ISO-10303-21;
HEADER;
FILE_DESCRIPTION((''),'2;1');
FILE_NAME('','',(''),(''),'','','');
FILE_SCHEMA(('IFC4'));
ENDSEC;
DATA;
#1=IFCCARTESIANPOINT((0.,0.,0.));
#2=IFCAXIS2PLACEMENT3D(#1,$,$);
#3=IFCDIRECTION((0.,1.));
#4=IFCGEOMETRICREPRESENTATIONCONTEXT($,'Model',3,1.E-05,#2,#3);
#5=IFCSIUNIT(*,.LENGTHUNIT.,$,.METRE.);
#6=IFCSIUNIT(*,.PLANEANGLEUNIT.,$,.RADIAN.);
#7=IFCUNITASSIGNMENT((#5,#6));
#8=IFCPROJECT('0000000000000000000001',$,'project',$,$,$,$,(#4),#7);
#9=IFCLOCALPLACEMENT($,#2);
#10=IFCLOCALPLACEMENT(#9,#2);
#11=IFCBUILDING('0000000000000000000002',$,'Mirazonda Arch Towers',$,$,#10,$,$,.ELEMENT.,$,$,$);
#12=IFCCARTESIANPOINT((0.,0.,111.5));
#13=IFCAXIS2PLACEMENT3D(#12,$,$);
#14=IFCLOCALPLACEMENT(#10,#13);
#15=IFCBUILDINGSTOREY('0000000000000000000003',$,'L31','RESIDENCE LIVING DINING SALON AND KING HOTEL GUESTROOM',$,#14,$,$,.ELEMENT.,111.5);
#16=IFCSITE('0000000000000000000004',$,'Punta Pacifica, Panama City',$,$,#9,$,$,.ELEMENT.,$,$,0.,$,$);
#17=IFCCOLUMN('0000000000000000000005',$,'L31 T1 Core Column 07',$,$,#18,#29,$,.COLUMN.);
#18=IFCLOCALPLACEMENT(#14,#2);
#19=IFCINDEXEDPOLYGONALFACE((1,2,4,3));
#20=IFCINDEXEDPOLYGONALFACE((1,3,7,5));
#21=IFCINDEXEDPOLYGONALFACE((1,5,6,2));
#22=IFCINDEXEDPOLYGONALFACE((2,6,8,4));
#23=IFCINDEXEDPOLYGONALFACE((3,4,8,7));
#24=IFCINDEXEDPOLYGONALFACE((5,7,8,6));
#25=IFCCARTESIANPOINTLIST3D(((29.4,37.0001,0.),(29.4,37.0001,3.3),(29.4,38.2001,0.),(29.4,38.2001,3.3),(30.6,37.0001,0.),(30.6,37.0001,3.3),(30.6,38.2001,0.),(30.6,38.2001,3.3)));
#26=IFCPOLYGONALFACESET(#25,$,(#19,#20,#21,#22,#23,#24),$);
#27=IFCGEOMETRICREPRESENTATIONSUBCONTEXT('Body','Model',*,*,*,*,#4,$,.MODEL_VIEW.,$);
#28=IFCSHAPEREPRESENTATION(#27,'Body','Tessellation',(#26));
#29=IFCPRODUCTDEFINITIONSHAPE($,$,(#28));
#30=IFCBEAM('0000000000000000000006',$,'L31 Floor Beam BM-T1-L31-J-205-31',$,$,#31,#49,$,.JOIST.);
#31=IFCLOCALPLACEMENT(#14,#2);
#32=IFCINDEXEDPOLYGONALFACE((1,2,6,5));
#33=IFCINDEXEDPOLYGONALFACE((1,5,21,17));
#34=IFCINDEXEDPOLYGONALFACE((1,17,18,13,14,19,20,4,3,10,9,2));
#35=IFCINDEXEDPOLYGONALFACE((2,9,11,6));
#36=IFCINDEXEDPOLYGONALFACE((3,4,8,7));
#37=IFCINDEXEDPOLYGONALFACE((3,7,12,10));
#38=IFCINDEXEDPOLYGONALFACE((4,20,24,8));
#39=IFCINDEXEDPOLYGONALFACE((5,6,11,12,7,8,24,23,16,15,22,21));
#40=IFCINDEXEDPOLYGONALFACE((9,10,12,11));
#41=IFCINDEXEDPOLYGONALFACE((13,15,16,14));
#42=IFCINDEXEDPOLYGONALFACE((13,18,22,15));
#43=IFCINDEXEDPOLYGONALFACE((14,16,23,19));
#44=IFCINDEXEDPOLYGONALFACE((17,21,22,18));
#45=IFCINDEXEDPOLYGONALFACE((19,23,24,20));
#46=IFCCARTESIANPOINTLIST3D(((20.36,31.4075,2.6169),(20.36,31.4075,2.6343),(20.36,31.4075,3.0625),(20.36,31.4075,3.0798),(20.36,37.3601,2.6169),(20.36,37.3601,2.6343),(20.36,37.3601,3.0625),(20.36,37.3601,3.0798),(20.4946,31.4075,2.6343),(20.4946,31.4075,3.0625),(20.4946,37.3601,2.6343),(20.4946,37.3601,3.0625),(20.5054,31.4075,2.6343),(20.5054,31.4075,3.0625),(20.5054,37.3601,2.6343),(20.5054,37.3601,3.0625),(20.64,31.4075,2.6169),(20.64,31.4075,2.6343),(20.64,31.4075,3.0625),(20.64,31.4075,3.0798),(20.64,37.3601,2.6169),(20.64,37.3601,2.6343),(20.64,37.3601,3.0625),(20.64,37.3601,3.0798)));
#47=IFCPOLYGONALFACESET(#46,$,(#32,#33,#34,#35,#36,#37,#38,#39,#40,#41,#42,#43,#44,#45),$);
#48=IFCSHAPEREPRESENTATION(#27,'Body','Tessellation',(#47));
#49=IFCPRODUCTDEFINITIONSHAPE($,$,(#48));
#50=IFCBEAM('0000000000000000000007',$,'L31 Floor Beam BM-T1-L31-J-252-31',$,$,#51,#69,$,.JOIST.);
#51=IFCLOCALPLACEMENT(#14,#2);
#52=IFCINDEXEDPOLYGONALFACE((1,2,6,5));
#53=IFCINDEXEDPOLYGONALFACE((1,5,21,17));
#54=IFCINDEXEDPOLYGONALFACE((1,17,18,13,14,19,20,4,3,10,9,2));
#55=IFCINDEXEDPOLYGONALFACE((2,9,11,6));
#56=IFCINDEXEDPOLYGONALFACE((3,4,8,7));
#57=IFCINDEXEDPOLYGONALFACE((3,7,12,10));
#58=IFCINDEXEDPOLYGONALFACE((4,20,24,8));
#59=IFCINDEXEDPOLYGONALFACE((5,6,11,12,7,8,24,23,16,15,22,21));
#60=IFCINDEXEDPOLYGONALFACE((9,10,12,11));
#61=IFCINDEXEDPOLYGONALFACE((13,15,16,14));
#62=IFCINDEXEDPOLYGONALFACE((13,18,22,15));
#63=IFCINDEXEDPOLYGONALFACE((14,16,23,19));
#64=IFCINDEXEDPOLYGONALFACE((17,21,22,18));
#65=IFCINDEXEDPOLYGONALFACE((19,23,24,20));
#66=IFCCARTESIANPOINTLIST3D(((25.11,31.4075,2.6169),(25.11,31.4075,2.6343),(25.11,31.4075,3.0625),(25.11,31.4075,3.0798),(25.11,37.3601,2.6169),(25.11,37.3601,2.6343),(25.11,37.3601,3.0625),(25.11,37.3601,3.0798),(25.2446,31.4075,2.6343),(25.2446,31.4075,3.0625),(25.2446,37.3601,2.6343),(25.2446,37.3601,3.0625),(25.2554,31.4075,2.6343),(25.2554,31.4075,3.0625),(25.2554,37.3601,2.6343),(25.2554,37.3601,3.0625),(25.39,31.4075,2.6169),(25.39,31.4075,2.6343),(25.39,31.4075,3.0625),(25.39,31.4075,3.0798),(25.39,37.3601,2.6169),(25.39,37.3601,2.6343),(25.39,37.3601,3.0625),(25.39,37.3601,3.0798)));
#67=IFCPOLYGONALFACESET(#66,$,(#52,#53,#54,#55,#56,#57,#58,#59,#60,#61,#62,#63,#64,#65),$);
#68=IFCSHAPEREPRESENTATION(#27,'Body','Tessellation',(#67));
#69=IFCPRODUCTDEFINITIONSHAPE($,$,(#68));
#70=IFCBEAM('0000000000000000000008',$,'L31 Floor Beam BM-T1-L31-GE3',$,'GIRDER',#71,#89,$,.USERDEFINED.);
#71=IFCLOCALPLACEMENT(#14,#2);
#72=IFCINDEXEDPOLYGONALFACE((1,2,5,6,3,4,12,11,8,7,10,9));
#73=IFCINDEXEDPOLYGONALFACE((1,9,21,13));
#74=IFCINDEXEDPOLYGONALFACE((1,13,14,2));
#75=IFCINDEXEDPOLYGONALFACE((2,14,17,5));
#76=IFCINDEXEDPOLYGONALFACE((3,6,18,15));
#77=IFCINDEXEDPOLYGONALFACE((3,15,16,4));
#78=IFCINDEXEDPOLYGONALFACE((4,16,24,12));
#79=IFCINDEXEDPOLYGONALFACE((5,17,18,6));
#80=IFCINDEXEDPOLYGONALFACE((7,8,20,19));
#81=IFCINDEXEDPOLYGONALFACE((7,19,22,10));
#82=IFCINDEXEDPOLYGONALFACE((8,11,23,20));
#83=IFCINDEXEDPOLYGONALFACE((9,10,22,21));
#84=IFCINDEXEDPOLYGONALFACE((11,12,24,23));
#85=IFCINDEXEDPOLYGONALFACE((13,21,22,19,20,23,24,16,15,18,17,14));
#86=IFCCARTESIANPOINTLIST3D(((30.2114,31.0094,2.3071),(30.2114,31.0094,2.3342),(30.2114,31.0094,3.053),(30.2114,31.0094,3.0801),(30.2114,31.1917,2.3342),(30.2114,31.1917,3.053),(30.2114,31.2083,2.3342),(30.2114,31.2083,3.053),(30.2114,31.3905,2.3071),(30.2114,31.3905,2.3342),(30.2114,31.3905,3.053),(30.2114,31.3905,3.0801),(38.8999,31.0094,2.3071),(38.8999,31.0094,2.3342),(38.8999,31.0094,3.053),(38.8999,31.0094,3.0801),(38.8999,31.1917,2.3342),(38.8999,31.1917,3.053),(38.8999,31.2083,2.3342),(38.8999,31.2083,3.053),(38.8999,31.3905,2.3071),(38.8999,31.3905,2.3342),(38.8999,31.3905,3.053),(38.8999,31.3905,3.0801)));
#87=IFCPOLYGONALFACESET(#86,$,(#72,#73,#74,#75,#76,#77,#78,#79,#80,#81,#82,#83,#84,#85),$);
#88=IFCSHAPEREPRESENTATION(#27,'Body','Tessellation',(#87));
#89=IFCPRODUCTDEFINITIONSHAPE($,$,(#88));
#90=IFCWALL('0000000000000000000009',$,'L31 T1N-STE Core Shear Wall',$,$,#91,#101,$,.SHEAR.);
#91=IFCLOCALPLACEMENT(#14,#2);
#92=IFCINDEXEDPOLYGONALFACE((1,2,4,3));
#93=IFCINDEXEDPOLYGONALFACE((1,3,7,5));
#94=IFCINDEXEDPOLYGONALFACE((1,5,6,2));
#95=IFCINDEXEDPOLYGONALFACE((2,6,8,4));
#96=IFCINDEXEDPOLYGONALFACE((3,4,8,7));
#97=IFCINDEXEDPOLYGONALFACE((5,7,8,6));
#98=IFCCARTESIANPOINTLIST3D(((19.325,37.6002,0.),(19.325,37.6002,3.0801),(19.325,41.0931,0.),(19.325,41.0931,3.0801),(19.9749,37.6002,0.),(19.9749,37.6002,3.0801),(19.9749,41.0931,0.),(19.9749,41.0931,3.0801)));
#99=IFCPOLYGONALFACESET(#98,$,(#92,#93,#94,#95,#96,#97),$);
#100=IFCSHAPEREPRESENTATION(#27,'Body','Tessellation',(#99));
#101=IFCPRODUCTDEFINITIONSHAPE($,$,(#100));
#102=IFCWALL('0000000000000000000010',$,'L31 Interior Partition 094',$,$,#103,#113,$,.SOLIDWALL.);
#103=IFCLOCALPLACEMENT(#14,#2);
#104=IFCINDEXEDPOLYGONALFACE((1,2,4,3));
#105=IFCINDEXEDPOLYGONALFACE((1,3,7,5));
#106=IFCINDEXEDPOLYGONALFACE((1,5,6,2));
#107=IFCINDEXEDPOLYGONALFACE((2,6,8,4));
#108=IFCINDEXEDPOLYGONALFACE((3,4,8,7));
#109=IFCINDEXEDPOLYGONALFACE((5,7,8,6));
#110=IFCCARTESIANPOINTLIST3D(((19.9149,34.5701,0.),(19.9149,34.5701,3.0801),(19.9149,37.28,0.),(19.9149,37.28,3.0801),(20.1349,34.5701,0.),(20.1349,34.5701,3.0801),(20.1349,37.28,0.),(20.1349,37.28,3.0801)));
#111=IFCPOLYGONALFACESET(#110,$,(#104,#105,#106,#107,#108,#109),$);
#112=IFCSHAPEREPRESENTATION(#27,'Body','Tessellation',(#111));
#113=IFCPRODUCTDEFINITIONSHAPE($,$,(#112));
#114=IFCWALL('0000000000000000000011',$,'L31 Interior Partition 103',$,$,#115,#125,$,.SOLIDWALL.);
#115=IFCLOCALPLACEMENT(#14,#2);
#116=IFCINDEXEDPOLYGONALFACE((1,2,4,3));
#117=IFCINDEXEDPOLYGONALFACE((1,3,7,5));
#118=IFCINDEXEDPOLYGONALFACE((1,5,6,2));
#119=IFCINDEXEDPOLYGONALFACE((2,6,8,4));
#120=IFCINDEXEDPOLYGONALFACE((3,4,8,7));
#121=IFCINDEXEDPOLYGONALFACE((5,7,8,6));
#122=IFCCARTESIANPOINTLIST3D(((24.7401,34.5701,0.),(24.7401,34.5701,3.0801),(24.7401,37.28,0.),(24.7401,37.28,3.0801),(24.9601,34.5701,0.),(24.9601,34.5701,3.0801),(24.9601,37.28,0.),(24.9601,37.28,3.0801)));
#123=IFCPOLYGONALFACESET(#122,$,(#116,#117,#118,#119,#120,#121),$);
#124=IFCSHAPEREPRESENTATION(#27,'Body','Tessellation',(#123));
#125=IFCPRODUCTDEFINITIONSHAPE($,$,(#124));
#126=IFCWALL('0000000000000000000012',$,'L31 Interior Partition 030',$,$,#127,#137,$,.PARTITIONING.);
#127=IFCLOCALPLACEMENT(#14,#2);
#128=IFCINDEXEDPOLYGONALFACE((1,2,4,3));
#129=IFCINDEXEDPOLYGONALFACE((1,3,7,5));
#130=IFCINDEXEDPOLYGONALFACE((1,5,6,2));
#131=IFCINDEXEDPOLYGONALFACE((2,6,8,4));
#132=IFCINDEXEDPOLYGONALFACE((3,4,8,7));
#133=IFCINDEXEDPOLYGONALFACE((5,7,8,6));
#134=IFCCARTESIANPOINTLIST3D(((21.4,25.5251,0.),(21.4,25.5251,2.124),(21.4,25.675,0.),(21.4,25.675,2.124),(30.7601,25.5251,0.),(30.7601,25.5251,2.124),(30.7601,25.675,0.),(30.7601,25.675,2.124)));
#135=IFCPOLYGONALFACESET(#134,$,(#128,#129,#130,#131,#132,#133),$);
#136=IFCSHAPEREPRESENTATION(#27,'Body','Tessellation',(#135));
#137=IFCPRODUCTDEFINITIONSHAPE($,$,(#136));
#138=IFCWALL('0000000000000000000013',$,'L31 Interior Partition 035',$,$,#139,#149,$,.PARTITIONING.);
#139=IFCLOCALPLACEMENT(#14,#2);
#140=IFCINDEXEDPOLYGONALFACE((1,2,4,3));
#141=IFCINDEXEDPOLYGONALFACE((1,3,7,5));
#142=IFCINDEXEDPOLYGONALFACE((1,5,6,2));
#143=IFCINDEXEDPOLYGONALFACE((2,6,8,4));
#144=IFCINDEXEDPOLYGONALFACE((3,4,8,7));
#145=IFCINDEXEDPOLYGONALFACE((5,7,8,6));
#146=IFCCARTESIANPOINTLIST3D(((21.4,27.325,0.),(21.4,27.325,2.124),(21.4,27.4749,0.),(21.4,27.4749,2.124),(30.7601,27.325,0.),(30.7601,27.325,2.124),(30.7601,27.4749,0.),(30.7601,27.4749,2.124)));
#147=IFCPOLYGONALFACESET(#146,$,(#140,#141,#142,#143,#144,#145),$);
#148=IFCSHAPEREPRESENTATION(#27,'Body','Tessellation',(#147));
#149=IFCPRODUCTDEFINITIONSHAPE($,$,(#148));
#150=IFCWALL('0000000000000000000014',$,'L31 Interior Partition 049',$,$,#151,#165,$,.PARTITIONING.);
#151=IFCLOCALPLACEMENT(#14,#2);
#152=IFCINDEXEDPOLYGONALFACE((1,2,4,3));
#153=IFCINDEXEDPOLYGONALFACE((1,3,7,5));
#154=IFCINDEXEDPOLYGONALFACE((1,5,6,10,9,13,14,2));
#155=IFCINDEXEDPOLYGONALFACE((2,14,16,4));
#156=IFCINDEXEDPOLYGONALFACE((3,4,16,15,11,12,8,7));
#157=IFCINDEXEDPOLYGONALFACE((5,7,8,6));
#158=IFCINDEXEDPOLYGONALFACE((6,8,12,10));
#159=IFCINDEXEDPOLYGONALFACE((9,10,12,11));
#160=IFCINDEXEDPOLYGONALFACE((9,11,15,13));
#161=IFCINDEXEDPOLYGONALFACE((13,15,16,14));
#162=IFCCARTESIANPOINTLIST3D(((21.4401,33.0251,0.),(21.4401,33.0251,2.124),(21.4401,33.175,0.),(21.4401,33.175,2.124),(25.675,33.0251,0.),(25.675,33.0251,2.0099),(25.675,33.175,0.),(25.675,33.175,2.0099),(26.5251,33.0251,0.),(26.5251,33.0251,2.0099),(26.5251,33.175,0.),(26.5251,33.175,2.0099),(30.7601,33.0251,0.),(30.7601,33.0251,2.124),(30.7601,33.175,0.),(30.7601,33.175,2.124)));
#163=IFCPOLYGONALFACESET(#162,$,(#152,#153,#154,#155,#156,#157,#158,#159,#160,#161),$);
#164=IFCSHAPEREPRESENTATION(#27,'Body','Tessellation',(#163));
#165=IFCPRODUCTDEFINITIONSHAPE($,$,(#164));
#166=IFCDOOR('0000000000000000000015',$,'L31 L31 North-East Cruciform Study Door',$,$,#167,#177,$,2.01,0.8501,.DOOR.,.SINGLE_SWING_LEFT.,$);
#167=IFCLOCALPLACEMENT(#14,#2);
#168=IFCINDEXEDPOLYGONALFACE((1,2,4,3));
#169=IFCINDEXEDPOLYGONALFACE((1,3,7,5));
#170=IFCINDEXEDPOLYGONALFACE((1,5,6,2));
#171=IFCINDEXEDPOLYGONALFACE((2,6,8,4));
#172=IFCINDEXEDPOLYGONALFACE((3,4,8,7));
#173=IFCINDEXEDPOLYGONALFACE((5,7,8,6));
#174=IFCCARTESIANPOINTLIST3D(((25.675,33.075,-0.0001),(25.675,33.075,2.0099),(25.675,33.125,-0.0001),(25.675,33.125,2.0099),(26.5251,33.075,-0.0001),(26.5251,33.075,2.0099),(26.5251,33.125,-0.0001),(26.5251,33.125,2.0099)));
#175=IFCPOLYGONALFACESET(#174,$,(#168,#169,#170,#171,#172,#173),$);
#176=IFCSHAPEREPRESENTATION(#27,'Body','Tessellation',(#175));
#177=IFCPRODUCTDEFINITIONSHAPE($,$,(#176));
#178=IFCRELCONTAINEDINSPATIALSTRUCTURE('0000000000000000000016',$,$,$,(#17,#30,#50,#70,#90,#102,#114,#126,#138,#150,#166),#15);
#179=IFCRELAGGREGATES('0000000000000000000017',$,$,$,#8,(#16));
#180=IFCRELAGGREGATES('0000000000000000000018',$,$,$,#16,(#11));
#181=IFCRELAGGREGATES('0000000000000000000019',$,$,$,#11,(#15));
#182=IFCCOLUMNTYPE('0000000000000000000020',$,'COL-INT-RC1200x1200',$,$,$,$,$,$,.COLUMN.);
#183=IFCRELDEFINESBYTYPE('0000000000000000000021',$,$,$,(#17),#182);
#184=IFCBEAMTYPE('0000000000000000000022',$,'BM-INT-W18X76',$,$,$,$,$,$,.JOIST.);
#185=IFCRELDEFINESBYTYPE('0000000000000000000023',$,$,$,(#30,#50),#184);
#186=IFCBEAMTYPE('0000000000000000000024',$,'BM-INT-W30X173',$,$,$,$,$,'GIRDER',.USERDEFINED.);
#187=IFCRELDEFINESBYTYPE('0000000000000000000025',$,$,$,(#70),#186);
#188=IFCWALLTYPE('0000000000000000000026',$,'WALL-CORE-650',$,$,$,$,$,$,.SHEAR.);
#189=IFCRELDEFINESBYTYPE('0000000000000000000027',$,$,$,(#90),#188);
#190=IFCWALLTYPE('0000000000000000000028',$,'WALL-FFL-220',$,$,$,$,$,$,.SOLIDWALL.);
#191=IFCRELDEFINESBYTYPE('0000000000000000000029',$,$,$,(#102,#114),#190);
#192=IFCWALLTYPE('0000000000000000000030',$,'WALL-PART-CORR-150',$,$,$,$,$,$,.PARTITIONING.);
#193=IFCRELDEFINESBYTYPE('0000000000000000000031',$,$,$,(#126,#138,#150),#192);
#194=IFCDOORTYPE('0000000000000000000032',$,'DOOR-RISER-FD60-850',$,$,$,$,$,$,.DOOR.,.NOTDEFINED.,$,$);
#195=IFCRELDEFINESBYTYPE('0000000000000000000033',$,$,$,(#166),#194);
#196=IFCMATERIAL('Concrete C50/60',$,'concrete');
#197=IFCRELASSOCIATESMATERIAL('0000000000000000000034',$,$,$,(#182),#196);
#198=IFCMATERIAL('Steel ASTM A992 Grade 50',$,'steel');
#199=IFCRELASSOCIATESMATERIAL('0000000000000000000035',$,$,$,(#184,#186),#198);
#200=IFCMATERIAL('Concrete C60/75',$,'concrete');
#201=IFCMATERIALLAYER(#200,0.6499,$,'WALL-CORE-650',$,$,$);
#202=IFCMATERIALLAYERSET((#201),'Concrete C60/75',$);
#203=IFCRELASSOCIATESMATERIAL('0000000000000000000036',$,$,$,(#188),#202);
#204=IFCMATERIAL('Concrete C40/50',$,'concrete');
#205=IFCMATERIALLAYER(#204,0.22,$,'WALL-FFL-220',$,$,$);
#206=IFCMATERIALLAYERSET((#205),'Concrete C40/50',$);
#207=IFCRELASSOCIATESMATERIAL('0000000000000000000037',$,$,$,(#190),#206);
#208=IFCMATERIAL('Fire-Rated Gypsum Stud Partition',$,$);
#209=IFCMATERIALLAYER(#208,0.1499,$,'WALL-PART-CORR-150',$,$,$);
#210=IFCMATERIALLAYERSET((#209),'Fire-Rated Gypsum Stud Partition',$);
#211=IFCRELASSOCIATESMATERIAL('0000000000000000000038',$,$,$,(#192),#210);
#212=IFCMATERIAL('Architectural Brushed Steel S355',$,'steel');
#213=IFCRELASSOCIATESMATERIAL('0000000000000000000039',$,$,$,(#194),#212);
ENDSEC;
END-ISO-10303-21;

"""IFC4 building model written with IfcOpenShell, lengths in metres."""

from ifc_helpers import new_model, si_unit, direction, frame, frame_2d, origin, origin_2d, place, context, subcontext, project, spatial, rectangle, i_section, extrude, material, layer, layer_set, material_profile, profile_set, type_object, element, fill, save


model = new_model("IFC4")

# Units and contexts
model_context = context("Model", 3, precision=1e-05, world=origin(), true_north=direction((0.0, 1.0)))
body_context = subcontext(model_context, "Body", "Model", "MODEL_VIEW")
ifc_project = project(units=[si_unit("LENGTHUNIT", "METRE"), si_unit("PLANEANGLEUNIT", "RADIAN")], contexts=[model_context])

# Site, building, storey
site_placement = place(None, origin())
site = spatial("IfcSite", under=ifc_project, at=site_placement, Name="Punta Pacifica, Panama City", CompositionType="ELEMENT", RefElevation=0.0)
building_placement = place(site_placement, origin())
building = spatial("IfcBuilding", under=site, at=building_placement, Name="Mirazonda Arch Towers", CompositionType="ELEMENT")
storey_placement = place(building_placement, frame((0.0, 0.0, 111.5)))
storey = spatial("IfcBuildingStorey", under=building, at=storey_placement, Name="L31", Description="RESIDENCE LIVING DINING SALON AND KING HOTEL GUESTROOM", CompositionType="ELEMENT", Elevation=111.5)

# Column
ifc_material_1 = material(Name="Concrete C50/60", Category="concrete")
ifc_material_profile_1 = material_profile(ifc_material_1, rectangle(XDim=1.2, YDim=1.2, at=origin_2d()), Name="RC1200x1200")
ifc_profile_set_1 = profile_set([ifc_material_profile_1], Name="Concrete C50/60")
column_type = type_object("IfcColumnType", Name="COL-INT-RC1200x1200", PredefinedType="COLUMN", material=ifc_profile_set_1)
column_placement = place(storey_placement, frame((30.0, 37.6001, 0.0), z_axis=(0.0, 0.0, 1.0), x_axis=(1.0, 0.0, 0.0)))
element("IfcColumn", 1, at=column_placement, inside=storey, type_object=column_type, Name="L31 T1 Core Column 07", PredefinedType="COLUMN", context=body_context, shape_type="SweptSolid", body=[
    extrude(rectangle(XDim=1.2, YDim=1.2, at=origin_2d()), origin(), (0.0, 0.0, 1.0), 3.3),
])

# Beams
ifc_material_2 = material(Name="Steel ASTM A992 Grade 50", Category="steel")
ifc_material_profile_2 = material_profile(ifc_material_2, i_section(OverallWidth=0.28, OverallDepth=0.4629, WebThickness=0.0107, FlangeThickness=0.0173, at=origin_2d()), Name="W18X76")
ifc_profile_set_2 = profile_set([ifc_material_profile_2], Name="Steel ASTM A992 Grade 50")
beam_type_1 = type_object("IfcBeamType", Name="BM-INT-W18X76", PredefinedType="JOIST", material=ifc_profile_set_2)
for number, where, z_axis, x_axis, name in (
    (2, (20.5, 31.4075, 2.8484), (0.0, 1.0, 0.0), (-1.0, 0.0, 0.0), "L31 Floor Beam BM-T1-L31-J-205-31"),
    (3, (25.25, 31.4075, 2.8484), (0.0, 1.0, 0.0), (-1.0, 0.0, 0.0), "L31 Floor Beam BM-T1-L31-J-252-31"),
):
    element("IfcBeam", number, at=place(storey_placement, frame(where, z_axis=z_axis, x_axis=x_axis)), inside=storey, type_object=beam_type_1, Name=name, PredefinedType="JOIST", context=body_context, shape_type="SweptSolid", body=[
        extrude(i_section(OverallWidth=0.28, OverallDepth=0.4629, WebThickness=0.0107, FlangeThickness=0.0173, at=origin_2d()), origin(), (0.0, 0.0, 1.0), 5.9526),
    ])
ifc_material_profile_3 = material_profile(ifc_material_2, i_section(OverallWidth=0.3811, OverallDepth=0.7729, WebThickness=0.0166, FlangeThickness=0.0271, at=origin_2d()), Name="W30X173")
ifc_profile_set_3 = profile_set([ifc_material_profile_3], Name="Steel ASTM A992 Grade 50")
beam_type_2 = type_object("IfcBeamType", Name="BM-INT-W30X173", ElementType="GIRDER", PredefinedType="USERDEFINED", material=ifc_profile_set_3)
beam_placement = place(storey_placement, frame((30.2114, 31.2, 2.6936), z_axis=(1.0, 0.0, 0.0), x_axis=(0.0, 1.0, 0.0)))
element("IfcBeam", 4, at=beam_placement, inside=storey, type_object=beam_type_2, Name="L31 Floor Beam BM-T1-L31-GE3", ObjectType="GIRDER", PredefinedType="USERDEFINED", context=body_context, shape_type="SweptSolid", body=[
    extrude(i_section(OverallWidth=0.3811, OverallDepth=0.7729, WebThickness=0.0166, FlangeThickness=0.0271, at=origin_2d()), origin(), (0.0, 0.0, 1.0), 8.6885),
])

# Walls
ifc_material_3 = material(Name="Concrete C60/75", Category="concrete")
ifc_layer_1 = layer(ifc_material_3, 0.6499, Name="WALL-CORE-650")
ifc_layer_set_1 = layer_set([ifc_layer_1], Name="Concrete C60/75")
wall_type_1 = type_object("IfcWallType", Name="WALL-CORE-650", PredefinedType="SHEAR", material=ifc_layer_set_1)
wall_1_placement = place(storey_placement, frame((19.6499, 37.6001, 0.0), z_axis=(0.0, 0.0, 1.0), x_axis=(0.0, 1.0, 0.0)))
element("IfcWall", 5, at=wall_1_placement, inside=storey, type_object=wall_type_1, Name="L31 T1N-STE Core Shear Wall", PredefinedType="SHEAR", context=body_context, shape_type="SweptSolid", body=[
    extrude(rectangle(XDim=3.4929, YDim=0.6499, at=frame_2d((1.7466, 0.0))), origin(), (0.0, 0.0, 1.0), 3.0801),
])
ifc_material_4 = material(Name="Concrete C40/50", Category="concrete")
ifc_layer_2 = layer(ifc_material_4, 0.22, Name="WALL-FFL-220")
ifc_layer_set_2 = layer_set([ifc_layer_2], Name="Concrete C40/50")
wall_type_2 = type_object("IfcWallType", Name="WALL-FFL-220", PredefinedType="SOLIDWALL", material=ifc_layer_set_2)
for number, where, z_axis, x_axis, name in (
    (6, (20.0249, 34.5701, 0.0), (0.0, 0.0, 1.0), (0.0, 1.0, 0.0), "L31 Interior Partition 094"),
    (7, (24.8501, 34.5701, 0.0), (0.0, 0.0, 1.0), (0.0, 1.0, 0.0), "L31 Interior Partition 103"),
):
    element("IfcWall", number, at=place(storey_placement, frame(where, z_axis=z_axis, x_axis=x_axis)), inside=storey, type_object=wall_type_2, Name=name, PredefinedType="SOLIDWALL", context=body_context, shape_type="SweptSolid", body=[
        extrude(rectangle(XDim=2.71, YDim=0.22, at=frame_2d((1.355, 0.0))), origin(), (0.0, 0.0, 1.0), 3.0801),
    ])
ifc_material_5 = material(Name="Fire-Rated Gypsum Stud Partition")
ifc_layer_3 = layer(ifc_material_5, 0.1499, Name="WALL-PART-CORR-150")
ifc_layer_set_3 = layer_set([ifc_layer_3], Name="Fire-Rated Gypsum Stud Partition")
wall_type_3 = type_object("IfcWallType", Name="WALL-PART-CORR-150", PredefinedType="PARTITIONING", material=ifc_layer_set_3)
for number, where, z_axis, x_axis, name in (
    (8, (21.3999, 25.6001, 0.0), (0.0, 0.0, 1.0), (1.0, 0.0, 0.0), "L31 Interior Partition 030"),
    (9, (21.3999, 27.3999, 0.0), (0.0, 0.0, 1.0), (1.0, 0.0, 0.0), "L31 Interior Partition 035"),
):
    element("IfcWall", number, at=place(storey_placement, frame(where, z_axis=z_axis, x_axis=x_axis)), inside=storey, type_object=wall_type_3, Name=name, PredefinedType="PARTITIONING", context=body_context, shape_type="SweptSolid", body=[
        extrude(rectangle(XDim=9.3601, YDim=0.1499, at=frame_2d((4.6802, 0.0))), origin(), (0.0, 0.0, 1.0), 2.124),
    ])

# Wall, opening, door
wall_2_placement = place(storey_placement, frame((21.4399, 33.1001, 0.0), z_axis=(0.0, 0.0, 1.0), x_axis=(1.0, 0.0, 0.0)))
wall_2 = element("IfcWall", 10, at=wall_2_placement, inside=storey, type_object=wall_type_3, Name="L31 Interior Partition 049", PredefinedType="PARTITIONING", context=body_context, shape_type="SweptSolid", body=[
    extrude(rectangle(XDim=9.3201, YDim=0.1499, at=frame_2d((4.6602, 0.0))), origin(), (0.0, 0.0, 1.0), 2.124),
])
opening_placement = place(wall_2_placement, frame((4.2351, 0.0, 0.0)))
opening = element("IfcOpeningElement", 11, at=opening_placement, cuts=wall_2, PredefinedType="OPENING", context=body_context, shape_type="SweptSolid", body=[
    extrude(rectangle(XDim=0.8501, YDim=2.01, at=frame_2d((0.425, 1.0049))), frame((0.0, 0.085, 0.0), z_axis=(0.0, -1.0, 0.0), x_axis=(1.0, 0.0, 0.0)), (0.0, 0.0, 1.0), 0.1699),
])
ifc_material_6 = material(Name="Architectural Brushed Steel S355", Category="steel")
door_type = type_object("IfcDoorType", Name="DOOR-RISER-FD60-850", OperationType="NOTDEFINED", PredefinedType="DOOR", material=ifc_material_6)
door_placement = place(opening_placement, origin())
door = element("IfcDoor", 12, at=door_placement, inside=storey, type_object=door_type, Name="L31 L31 North-East Cruciform Study Door", OperationType="SINGLE_SWING_LEFT", OverallHeight=2.01, OverallWidth=0.8501, PredefinedType="DOOR", context=body_context, shape_type="SweptSolid", body=[
    extrude(rectangle(XDim=0.8501, YDim=2.01, at=frame_2d((0.425, 1.0049))), frame((0.0, 0.0249, 0.0), z_axis=(0.0, -1.0, 0.0), x_axis=(1.0, 0.0, 0.0)), (0.0, 0.0, 1.0), 0.05),
])
fill(opening, door)

save(model, "model.ifc")
